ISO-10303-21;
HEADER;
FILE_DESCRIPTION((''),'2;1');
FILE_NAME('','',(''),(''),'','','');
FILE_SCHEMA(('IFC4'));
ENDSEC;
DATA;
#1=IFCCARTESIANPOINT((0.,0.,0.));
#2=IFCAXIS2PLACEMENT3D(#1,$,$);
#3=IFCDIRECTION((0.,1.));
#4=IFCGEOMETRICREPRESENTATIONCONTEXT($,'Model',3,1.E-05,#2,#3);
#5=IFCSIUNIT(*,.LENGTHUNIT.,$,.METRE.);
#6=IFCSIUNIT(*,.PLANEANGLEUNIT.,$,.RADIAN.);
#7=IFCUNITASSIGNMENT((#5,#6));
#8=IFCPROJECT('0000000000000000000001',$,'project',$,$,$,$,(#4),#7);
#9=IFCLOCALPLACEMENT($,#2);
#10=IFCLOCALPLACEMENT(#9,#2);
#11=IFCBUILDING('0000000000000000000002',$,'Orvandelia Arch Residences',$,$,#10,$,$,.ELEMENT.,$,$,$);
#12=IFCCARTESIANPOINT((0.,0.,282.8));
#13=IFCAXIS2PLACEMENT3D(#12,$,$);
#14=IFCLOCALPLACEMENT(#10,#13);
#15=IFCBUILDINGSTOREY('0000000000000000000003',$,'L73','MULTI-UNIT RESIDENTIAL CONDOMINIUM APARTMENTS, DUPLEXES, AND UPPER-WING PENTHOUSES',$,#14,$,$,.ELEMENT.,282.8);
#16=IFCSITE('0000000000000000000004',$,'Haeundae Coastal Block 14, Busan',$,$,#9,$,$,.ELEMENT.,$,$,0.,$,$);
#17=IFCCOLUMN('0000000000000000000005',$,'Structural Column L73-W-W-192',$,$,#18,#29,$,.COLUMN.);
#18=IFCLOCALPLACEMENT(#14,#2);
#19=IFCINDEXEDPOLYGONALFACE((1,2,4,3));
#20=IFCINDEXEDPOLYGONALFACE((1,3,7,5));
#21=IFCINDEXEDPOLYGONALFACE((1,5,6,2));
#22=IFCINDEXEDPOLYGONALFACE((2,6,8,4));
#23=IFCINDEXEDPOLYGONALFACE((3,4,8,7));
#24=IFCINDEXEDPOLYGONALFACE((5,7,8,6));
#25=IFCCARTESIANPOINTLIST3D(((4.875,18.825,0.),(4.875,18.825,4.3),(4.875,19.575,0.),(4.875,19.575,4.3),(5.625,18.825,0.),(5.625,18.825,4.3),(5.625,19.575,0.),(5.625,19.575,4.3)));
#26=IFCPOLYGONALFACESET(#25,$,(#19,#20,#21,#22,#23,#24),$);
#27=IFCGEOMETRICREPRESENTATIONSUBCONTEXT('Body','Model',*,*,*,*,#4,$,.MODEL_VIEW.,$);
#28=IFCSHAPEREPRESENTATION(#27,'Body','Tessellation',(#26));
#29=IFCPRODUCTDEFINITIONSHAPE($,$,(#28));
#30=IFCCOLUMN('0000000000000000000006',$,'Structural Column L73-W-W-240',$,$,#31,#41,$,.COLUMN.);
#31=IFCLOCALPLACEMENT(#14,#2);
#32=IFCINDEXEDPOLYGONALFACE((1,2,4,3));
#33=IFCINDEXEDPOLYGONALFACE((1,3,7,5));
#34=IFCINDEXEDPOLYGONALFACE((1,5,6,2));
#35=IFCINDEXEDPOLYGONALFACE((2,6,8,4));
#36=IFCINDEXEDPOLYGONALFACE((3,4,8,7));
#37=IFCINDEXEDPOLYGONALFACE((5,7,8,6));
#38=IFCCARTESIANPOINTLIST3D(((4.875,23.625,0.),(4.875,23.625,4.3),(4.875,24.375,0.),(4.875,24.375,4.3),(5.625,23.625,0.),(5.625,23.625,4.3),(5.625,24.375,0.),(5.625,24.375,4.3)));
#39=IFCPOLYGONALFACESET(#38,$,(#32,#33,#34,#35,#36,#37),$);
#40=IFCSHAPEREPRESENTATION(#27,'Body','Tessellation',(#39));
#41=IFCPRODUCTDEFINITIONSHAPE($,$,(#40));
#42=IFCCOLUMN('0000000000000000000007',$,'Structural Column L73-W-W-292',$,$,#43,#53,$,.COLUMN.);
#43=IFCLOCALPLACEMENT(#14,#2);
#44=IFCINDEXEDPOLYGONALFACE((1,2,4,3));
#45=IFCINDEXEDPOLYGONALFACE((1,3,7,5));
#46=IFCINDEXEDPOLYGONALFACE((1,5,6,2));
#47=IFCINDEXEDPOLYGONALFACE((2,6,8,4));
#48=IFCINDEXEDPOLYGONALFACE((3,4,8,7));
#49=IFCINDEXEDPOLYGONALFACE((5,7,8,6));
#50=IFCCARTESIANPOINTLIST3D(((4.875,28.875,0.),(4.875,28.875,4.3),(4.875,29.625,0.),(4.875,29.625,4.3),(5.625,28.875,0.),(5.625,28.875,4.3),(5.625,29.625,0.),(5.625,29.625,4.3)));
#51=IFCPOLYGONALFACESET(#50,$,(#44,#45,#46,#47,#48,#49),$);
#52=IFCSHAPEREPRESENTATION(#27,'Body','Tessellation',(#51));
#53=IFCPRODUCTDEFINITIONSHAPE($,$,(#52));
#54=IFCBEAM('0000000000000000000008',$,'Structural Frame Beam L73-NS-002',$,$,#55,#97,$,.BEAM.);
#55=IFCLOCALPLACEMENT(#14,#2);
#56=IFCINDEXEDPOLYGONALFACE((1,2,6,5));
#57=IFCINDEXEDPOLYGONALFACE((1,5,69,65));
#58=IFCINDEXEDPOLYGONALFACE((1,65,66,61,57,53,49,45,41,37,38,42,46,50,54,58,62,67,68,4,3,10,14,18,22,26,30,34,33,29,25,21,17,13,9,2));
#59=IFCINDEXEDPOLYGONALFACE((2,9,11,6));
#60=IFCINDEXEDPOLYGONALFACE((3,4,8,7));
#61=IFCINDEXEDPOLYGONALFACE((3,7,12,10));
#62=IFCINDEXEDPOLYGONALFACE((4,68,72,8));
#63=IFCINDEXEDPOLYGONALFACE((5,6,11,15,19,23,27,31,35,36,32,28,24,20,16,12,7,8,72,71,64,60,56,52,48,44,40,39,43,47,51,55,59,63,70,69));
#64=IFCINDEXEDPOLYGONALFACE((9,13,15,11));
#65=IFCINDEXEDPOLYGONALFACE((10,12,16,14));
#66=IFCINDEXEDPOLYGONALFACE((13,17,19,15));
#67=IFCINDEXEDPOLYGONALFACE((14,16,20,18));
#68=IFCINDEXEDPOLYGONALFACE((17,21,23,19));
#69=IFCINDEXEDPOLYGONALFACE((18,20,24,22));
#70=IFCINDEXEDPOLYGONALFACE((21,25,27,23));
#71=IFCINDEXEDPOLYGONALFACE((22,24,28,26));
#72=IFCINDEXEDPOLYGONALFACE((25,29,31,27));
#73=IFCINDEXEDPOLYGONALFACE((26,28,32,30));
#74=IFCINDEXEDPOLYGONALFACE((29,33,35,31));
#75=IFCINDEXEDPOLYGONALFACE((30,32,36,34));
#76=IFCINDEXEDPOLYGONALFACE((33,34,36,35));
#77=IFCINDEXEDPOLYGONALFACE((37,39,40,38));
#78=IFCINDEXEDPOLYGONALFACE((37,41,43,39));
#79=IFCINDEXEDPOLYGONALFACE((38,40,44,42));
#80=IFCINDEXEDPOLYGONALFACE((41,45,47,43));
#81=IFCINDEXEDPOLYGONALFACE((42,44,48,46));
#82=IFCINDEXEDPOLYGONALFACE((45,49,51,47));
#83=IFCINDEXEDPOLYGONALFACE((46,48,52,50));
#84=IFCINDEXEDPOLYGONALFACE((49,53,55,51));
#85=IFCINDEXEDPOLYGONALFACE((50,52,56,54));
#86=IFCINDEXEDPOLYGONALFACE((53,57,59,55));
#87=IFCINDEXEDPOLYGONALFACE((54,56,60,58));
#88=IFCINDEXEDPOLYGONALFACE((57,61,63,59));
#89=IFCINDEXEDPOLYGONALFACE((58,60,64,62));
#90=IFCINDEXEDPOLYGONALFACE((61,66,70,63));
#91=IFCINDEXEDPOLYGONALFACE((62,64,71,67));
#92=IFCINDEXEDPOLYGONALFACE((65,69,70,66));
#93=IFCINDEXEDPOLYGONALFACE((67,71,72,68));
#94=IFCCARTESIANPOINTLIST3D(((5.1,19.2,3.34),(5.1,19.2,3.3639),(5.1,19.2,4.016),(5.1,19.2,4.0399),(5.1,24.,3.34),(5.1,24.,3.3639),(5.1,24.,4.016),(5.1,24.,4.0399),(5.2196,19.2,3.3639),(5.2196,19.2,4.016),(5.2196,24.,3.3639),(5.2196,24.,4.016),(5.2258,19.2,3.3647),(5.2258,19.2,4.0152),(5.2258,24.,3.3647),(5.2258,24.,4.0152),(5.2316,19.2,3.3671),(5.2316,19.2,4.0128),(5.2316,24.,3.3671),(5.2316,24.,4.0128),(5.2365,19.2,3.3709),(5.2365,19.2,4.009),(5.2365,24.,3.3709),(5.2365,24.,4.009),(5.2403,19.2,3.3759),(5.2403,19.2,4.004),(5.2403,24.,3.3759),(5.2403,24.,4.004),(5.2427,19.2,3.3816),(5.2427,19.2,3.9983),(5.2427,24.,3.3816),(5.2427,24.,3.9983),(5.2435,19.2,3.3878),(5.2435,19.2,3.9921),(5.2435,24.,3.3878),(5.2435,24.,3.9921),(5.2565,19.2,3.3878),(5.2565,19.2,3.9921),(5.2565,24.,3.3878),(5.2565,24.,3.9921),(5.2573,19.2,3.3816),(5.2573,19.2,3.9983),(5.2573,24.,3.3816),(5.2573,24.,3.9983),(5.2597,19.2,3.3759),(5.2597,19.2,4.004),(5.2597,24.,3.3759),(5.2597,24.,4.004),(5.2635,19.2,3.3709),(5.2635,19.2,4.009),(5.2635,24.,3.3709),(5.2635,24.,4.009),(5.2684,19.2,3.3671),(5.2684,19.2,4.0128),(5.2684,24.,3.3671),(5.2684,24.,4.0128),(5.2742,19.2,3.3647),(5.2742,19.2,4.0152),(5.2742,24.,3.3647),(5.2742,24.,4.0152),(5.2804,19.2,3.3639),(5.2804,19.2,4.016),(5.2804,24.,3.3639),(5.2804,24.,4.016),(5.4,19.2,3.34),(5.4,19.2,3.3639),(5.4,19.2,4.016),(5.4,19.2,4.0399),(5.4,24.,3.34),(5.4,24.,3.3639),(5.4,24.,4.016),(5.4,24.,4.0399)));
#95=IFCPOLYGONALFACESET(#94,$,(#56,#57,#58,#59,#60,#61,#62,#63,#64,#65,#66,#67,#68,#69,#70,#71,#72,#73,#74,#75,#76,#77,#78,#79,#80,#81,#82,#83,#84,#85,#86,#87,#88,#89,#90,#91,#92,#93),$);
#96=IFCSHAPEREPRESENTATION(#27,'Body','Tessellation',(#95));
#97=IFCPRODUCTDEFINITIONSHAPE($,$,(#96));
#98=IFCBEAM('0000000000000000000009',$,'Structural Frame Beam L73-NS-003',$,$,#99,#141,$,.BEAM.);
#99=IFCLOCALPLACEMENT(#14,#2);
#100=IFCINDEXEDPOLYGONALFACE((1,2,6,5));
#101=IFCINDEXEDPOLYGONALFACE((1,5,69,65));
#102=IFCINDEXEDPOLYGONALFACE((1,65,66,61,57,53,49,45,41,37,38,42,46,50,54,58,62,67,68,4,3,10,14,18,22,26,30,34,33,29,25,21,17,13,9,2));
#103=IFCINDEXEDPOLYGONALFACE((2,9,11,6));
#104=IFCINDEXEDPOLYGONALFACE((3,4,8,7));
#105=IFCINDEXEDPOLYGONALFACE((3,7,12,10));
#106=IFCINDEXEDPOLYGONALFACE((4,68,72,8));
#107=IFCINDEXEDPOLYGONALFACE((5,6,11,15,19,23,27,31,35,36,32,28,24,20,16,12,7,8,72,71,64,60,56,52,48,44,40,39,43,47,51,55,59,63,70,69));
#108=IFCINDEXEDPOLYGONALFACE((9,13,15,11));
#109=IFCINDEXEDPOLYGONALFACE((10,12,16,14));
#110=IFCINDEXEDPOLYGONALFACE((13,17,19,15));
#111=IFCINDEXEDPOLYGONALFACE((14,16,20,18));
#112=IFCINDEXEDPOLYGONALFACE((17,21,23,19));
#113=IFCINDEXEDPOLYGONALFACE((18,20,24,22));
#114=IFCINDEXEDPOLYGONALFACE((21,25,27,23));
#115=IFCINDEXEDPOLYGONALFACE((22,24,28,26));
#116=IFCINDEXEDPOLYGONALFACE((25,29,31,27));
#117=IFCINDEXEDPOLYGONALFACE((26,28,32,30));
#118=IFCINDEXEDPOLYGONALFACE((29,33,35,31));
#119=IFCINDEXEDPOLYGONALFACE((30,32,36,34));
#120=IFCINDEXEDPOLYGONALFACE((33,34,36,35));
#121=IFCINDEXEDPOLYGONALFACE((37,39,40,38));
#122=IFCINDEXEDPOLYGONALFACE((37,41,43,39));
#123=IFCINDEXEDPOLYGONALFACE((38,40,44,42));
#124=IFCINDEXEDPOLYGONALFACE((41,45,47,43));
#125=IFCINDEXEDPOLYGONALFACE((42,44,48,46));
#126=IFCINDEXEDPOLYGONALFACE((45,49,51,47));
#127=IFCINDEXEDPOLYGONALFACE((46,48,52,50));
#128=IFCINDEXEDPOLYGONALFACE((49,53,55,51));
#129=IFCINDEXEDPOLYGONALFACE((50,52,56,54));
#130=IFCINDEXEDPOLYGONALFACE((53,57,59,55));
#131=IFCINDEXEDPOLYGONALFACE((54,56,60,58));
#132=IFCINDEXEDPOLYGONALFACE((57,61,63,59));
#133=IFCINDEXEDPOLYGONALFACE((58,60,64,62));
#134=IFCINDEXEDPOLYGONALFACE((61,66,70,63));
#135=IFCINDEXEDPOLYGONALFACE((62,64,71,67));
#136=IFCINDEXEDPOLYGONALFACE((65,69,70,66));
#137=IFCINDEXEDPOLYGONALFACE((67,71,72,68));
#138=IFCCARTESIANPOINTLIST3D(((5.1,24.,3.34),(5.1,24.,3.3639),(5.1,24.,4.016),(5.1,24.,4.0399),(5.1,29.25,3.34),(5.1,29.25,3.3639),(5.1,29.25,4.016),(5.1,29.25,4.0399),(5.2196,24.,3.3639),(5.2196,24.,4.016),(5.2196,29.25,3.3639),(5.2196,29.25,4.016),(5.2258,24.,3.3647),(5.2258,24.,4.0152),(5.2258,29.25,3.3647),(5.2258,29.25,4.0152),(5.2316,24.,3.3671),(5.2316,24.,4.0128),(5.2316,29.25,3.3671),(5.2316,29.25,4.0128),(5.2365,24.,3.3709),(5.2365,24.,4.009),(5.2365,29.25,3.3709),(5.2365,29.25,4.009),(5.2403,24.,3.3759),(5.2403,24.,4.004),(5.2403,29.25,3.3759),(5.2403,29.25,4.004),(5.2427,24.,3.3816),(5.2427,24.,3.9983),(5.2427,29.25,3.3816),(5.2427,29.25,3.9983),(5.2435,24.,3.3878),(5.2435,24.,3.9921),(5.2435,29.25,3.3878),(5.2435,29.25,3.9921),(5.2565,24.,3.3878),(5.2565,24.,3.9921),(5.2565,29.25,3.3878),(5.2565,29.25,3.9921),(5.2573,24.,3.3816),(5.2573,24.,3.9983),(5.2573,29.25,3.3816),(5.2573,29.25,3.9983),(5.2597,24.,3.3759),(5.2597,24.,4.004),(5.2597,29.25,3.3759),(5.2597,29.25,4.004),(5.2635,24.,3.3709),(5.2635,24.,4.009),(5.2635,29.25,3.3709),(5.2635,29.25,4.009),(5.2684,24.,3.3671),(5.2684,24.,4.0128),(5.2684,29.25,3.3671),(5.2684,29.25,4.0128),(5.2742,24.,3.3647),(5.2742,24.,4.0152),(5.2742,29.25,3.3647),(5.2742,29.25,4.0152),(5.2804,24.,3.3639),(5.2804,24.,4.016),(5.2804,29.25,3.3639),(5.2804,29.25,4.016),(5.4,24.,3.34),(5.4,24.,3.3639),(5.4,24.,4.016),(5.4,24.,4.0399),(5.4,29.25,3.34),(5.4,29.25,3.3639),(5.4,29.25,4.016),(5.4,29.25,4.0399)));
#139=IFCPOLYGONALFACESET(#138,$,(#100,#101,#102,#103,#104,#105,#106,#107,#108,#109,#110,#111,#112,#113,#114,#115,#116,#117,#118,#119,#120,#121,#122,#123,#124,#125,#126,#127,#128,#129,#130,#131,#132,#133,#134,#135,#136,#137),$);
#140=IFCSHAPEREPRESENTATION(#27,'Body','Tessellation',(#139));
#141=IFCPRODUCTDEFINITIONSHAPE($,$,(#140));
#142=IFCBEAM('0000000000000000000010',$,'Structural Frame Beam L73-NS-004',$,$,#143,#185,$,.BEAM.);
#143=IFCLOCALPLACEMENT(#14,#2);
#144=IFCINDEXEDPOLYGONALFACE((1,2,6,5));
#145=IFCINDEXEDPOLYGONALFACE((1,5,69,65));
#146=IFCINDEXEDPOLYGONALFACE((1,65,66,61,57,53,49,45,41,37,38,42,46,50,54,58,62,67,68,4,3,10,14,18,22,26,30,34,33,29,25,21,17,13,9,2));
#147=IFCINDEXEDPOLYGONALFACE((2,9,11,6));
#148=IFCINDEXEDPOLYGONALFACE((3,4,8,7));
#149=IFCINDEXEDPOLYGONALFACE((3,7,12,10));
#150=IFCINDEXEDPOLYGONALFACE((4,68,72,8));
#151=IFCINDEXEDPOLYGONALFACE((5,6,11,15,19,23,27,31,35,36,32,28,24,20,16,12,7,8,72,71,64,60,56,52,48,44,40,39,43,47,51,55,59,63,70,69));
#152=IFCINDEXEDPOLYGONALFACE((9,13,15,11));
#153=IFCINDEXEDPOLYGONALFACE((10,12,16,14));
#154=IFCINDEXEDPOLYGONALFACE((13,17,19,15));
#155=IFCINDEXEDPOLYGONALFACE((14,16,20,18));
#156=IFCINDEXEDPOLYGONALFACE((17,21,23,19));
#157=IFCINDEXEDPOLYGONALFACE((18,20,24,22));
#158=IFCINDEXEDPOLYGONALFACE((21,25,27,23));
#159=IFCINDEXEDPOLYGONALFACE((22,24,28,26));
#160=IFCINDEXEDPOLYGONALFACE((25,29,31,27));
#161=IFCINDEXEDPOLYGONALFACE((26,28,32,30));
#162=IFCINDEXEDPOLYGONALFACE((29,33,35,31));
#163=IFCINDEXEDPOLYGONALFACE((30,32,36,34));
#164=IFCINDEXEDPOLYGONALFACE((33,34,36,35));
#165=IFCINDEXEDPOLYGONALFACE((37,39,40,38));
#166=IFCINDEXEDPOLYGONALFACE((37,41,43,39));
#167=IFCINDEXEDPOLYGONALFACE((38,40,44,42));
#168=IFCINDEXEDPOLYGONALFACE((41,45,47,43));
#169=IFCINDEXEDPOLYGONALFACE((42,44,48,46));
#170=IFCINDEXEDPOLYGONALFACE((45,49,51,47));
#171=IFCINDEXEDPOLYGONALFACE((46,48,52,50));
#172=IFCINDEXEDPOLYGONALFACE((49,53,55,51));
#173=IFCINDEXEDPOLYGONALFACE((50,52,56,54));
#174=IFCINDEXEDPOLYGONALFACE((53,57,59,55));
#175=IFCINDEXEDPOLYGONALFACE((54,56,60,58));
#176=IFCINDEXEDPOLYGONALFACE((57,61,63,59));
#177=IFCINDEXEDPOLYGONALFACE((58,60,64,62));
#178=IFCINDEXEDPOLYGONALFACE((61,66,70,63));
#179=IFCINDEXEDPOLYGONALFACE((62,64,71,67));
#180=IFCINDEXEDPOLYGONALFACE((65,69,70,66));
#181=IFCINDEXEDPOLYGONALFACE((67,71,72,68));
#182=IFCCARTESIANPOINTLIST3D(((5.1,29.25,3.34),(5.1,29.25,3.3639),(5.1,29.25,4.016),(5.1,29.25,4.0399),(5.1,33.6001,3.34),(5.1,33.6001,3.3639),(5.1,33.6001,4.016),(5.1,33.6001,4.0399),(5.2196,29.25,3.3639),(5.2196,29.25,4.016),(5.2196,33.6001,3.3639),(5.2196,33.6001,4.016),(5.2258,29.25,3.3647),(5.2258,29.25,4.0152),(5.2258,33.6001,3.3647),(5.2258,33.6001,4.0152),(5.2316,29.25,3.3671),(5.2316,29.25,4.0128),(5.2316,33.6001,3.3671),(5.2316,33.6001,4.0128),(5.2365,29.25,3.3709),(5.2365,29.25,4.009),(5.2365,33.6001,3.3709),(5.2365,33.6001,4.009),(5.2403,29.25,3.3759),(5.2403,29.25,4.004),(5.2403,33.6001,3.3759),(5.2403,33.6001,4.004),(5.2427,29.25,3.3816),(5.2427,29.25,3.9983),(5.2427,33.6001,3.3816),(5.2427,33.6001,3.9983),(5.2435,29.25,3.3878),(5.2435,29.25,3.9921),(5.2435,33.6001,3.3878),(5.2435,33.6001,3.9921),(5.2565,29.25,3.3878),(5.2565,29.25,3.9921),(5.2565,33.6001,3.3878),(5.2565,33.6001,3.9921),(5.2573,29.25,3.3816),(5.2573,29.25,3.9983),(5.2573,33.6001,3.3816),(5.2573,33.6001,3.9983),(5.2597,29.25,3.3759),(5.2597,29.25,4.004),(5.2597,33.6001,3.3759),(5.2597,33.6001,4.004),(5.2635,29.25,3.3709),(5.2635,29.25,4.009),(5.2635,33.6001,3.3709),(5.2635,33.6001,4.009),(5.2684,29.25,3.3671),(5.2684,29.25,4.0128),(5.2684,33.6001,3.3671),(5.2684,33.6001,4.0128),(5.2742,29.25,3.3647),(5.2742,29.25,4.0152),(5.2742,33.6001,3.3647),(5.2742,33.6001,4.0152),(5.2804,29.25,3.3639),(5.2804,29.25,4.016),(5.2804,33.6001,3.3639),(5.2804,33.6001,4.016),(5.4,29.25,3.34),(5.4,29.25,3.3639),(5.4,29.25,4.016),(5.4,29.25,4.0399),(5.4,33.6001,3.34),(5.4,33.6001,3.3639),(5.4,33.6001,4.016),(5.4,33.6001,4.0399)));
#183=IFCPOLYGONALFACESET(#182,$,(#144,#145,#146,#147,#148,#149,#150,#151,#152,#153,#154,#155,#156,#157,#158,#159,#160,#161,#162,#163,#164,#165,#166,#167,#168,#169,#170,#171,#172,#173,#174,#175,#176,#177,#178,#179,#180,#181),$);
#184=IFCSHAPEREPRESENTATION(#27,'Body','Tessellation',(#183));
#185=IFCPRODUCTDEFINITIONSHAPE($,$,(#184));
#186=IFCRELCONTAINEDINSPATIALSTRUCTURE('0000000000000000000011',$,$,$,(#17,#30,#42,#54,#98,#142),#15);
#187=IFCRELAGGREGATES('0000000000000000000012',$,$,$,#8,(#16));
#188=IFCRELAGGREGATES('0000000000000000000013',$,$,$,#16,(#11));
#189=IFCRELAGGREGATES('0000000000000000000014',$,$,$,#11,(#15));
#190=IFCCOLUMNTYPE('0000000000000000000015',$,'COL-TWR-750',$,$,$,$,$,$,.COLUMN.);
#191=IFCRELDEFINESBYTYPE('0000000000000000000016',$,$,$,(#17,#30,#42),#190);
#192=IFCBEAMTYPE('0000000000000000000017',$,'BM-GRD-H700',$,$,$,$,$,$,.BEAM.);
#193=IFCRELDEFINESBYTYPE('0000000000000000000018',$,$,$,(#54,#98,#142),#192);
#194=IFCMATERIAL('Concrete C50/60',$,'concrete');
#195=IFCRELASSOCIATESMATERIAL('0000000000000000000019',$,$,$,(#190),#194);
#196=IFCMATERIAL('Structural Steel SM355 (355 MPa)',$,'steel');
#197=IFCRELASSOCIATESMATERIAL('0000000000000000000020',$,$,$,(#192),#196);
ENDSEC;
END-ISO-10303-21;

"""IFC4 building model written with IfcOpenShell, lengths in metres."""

from ifc_helpers import new_model, si_unit, direction, frame, origin, origin_2d, place, context, subcontext, project, spatial, rectangle, i_section, extrude, material, material_profile, profile_set, type_object, element, save


model = new_model("IFC4")

# Units and contexts
model_context = context("Model", 3, precision=1e-05, world=origin(), true_north=direction((0.0, 1.0)))
body_context = subcontext(model_context, "Body", "Model", "MODEL_VIEW")
ifc_project = project(units=[si_unit("LENGTHUNIT", "METRE"), si_unit("PLANEANGLEUNIT", "RADIAN")], contexts=[model_context])

# Site, building, storey
site_placement = place(None, origin())
site = spatial("IfcSite", under=ifc_project, at=site_placement, Name="Haeundae Coastal Block 14, Busan", CompositionType="ELEMENT", RefElevation=0.0)
building_placement = place(site_placement, origin())
building = spatial("IfcBuilding", under=site, at=building_placement, Name="Orvandelia Arch Residences", CompositionType="ELEMENT")
storey_placement = place(building_placement, frame((0.0, 0.0, 282.8)))
storey = spatial("IfcBuildingStorey", under=building, at=storey_placement, Name="L73", Description="MULTI-UNIT RESIDENTIAL CONDOMINIUM APARTMENTS, DUPLEXES, AND UPPER-WING PENTHOUSES", CompositionType="ELEMENT", Elevation=282.8)

# Columns
ifc_material_1 = material(Name="Concrete C50/60", Category="concrete")
ifc_material_profile_1 = material_profile(ifc_material_1, rectangle(XDim=0.75, YDim=0.75, at=origin_2d()), Name="Concrete C50/60", Category="concrete")
ifc_profile_set_1 = profile_set([ifc_material_profile_1], Name="Concrete C50/60")
column_type = type_object("IfcColumnType", Name="COL-TWR-750", PredefinedType="COLUMN", material=ifc_profile_set_1)
for number, where, z_axis, x_axis, name in (
    (1, (5.25, 19.2, 0.0), (0.0, 0.0, 1.0), (1.0, 0.0, 0.0), "Structural Column L73-W-W-192"),
    (2, (5.25, 24.0, 0.0), (0.0, 0.0, 1.0), (1.0, 0.0, 0.0), "Structural Column L73-W-W-240"),
    (3, (5.25, 29.25, 0.0), (0.0, 0.0, 1.0), (1.0, 0.0, 0.0), "Structural Column L73-W-W-292"),
):
    element("IfcColumn", number, at=place(storey_placement, frame(where, z_axis=z_axis, x_axis=x_axis)), inside=storey, type_object=column_type, Name=name, PredefinedType="COLUMN", context=body_context, shape_type="SweptSolid", body=[
        extrude(rectangle(XDim=0.75, YDim=0.75, at=origin_2d()), origin(), (0.0, 0.0, 1.0), 4.3),
    ])

# Beams
ifc_material_2 = material(Name="Structural Steel SM355 (355 MPa)", Category="steel")
ifc_material_profile_2 = material_profile(ifc_material_2, i_section(OverallWidth=0.3, OverallDepth=0.7, WebThickness=0.0129, FlangeThickness=0.0239, FilletRadius=0.0239, at=origin_2d()), Name="Structural Steel SM355 (355 MPa)", Category="steel")
ifc_profile_set_2 = profile_set([ifc_material_profile_2], Name="Structural Steel SM355 (355 MPa)")
beam_type = type_object("IfcBeamType", Name="BM-GRD-H700", PredefinedType="BEAM", material=ifc_profile_set_2)
beam_1_placement = place(storey_placement, frame((5.25, 19.2, 3.6899), z_axis=(0.0, 1.0, 0.0), x_axis=(-1.0, 0.0, 0.0)))
element("IfcBeam", 4, at=beam_1_placement, inside=storey, type_object=beam_type, Name="Structural Frame Beam L73-NS-002", PredefinedType="BEAM", context=body_context, shape_type="SweptSolid", body=[
    extrude(i_section(OverallWidth=0.3, OverallDepth=0.7, WebThickness=0.0129, FlangeThickness=0.0239, FilletRadius=0.0239, at=origin_2d()), origin(), (0.0, 0.0, 1.0), 4.8),
])
beam_2_placement = place(storey_placement, frame((5.25, 24.0, 3.6899), z_axis=(0.0, 1.0, 0.0), x_axis=(-1.0, 0.0, 0.0)))
element("IfcBeam", 5, at=beam_2_placement, inside=storey, type_object=beam_type, Name="Structural Frame Beam L73-NS-003", PredefinedType="BEAM", context=body_context, shape_type="SweptSolid", body=[
    extrude(i_section(OverallWidth=0.3, OverallDepth=0.7, WebThickness=0.0129, FlangeThickness=0.0239, FilletRadius=0.0239, at=origin_2d()), origin(), (0.0, 0.0, 1.0), 5.25),
])
beam_3_placement = place(storey_placement, frame((5.25, 29.25, 3.6899), z_axis=(0.0, 1.0, 0.0), x_axis=(-1.0, 0.0, 0.0)))
element("IfcBeam", 6, at=beam_3_placement, inside=storey, type_object=beam_type, Name="Structural Frame Beam L73-NS-004", PredefinedType="BEAM", context=body_context, shape_type="SweptSolid", body=[
    extrude(i_section(OverallWidth=0.3, OverallDepth=0.7, WebThickness=0.0129, FlangeThickness=0.0239, FilletRadius=0.0239, at=origin_2d()), origin(), (0.0, 0.0, 1.0), 4.3501),
])

save(model, "model.ifc")
